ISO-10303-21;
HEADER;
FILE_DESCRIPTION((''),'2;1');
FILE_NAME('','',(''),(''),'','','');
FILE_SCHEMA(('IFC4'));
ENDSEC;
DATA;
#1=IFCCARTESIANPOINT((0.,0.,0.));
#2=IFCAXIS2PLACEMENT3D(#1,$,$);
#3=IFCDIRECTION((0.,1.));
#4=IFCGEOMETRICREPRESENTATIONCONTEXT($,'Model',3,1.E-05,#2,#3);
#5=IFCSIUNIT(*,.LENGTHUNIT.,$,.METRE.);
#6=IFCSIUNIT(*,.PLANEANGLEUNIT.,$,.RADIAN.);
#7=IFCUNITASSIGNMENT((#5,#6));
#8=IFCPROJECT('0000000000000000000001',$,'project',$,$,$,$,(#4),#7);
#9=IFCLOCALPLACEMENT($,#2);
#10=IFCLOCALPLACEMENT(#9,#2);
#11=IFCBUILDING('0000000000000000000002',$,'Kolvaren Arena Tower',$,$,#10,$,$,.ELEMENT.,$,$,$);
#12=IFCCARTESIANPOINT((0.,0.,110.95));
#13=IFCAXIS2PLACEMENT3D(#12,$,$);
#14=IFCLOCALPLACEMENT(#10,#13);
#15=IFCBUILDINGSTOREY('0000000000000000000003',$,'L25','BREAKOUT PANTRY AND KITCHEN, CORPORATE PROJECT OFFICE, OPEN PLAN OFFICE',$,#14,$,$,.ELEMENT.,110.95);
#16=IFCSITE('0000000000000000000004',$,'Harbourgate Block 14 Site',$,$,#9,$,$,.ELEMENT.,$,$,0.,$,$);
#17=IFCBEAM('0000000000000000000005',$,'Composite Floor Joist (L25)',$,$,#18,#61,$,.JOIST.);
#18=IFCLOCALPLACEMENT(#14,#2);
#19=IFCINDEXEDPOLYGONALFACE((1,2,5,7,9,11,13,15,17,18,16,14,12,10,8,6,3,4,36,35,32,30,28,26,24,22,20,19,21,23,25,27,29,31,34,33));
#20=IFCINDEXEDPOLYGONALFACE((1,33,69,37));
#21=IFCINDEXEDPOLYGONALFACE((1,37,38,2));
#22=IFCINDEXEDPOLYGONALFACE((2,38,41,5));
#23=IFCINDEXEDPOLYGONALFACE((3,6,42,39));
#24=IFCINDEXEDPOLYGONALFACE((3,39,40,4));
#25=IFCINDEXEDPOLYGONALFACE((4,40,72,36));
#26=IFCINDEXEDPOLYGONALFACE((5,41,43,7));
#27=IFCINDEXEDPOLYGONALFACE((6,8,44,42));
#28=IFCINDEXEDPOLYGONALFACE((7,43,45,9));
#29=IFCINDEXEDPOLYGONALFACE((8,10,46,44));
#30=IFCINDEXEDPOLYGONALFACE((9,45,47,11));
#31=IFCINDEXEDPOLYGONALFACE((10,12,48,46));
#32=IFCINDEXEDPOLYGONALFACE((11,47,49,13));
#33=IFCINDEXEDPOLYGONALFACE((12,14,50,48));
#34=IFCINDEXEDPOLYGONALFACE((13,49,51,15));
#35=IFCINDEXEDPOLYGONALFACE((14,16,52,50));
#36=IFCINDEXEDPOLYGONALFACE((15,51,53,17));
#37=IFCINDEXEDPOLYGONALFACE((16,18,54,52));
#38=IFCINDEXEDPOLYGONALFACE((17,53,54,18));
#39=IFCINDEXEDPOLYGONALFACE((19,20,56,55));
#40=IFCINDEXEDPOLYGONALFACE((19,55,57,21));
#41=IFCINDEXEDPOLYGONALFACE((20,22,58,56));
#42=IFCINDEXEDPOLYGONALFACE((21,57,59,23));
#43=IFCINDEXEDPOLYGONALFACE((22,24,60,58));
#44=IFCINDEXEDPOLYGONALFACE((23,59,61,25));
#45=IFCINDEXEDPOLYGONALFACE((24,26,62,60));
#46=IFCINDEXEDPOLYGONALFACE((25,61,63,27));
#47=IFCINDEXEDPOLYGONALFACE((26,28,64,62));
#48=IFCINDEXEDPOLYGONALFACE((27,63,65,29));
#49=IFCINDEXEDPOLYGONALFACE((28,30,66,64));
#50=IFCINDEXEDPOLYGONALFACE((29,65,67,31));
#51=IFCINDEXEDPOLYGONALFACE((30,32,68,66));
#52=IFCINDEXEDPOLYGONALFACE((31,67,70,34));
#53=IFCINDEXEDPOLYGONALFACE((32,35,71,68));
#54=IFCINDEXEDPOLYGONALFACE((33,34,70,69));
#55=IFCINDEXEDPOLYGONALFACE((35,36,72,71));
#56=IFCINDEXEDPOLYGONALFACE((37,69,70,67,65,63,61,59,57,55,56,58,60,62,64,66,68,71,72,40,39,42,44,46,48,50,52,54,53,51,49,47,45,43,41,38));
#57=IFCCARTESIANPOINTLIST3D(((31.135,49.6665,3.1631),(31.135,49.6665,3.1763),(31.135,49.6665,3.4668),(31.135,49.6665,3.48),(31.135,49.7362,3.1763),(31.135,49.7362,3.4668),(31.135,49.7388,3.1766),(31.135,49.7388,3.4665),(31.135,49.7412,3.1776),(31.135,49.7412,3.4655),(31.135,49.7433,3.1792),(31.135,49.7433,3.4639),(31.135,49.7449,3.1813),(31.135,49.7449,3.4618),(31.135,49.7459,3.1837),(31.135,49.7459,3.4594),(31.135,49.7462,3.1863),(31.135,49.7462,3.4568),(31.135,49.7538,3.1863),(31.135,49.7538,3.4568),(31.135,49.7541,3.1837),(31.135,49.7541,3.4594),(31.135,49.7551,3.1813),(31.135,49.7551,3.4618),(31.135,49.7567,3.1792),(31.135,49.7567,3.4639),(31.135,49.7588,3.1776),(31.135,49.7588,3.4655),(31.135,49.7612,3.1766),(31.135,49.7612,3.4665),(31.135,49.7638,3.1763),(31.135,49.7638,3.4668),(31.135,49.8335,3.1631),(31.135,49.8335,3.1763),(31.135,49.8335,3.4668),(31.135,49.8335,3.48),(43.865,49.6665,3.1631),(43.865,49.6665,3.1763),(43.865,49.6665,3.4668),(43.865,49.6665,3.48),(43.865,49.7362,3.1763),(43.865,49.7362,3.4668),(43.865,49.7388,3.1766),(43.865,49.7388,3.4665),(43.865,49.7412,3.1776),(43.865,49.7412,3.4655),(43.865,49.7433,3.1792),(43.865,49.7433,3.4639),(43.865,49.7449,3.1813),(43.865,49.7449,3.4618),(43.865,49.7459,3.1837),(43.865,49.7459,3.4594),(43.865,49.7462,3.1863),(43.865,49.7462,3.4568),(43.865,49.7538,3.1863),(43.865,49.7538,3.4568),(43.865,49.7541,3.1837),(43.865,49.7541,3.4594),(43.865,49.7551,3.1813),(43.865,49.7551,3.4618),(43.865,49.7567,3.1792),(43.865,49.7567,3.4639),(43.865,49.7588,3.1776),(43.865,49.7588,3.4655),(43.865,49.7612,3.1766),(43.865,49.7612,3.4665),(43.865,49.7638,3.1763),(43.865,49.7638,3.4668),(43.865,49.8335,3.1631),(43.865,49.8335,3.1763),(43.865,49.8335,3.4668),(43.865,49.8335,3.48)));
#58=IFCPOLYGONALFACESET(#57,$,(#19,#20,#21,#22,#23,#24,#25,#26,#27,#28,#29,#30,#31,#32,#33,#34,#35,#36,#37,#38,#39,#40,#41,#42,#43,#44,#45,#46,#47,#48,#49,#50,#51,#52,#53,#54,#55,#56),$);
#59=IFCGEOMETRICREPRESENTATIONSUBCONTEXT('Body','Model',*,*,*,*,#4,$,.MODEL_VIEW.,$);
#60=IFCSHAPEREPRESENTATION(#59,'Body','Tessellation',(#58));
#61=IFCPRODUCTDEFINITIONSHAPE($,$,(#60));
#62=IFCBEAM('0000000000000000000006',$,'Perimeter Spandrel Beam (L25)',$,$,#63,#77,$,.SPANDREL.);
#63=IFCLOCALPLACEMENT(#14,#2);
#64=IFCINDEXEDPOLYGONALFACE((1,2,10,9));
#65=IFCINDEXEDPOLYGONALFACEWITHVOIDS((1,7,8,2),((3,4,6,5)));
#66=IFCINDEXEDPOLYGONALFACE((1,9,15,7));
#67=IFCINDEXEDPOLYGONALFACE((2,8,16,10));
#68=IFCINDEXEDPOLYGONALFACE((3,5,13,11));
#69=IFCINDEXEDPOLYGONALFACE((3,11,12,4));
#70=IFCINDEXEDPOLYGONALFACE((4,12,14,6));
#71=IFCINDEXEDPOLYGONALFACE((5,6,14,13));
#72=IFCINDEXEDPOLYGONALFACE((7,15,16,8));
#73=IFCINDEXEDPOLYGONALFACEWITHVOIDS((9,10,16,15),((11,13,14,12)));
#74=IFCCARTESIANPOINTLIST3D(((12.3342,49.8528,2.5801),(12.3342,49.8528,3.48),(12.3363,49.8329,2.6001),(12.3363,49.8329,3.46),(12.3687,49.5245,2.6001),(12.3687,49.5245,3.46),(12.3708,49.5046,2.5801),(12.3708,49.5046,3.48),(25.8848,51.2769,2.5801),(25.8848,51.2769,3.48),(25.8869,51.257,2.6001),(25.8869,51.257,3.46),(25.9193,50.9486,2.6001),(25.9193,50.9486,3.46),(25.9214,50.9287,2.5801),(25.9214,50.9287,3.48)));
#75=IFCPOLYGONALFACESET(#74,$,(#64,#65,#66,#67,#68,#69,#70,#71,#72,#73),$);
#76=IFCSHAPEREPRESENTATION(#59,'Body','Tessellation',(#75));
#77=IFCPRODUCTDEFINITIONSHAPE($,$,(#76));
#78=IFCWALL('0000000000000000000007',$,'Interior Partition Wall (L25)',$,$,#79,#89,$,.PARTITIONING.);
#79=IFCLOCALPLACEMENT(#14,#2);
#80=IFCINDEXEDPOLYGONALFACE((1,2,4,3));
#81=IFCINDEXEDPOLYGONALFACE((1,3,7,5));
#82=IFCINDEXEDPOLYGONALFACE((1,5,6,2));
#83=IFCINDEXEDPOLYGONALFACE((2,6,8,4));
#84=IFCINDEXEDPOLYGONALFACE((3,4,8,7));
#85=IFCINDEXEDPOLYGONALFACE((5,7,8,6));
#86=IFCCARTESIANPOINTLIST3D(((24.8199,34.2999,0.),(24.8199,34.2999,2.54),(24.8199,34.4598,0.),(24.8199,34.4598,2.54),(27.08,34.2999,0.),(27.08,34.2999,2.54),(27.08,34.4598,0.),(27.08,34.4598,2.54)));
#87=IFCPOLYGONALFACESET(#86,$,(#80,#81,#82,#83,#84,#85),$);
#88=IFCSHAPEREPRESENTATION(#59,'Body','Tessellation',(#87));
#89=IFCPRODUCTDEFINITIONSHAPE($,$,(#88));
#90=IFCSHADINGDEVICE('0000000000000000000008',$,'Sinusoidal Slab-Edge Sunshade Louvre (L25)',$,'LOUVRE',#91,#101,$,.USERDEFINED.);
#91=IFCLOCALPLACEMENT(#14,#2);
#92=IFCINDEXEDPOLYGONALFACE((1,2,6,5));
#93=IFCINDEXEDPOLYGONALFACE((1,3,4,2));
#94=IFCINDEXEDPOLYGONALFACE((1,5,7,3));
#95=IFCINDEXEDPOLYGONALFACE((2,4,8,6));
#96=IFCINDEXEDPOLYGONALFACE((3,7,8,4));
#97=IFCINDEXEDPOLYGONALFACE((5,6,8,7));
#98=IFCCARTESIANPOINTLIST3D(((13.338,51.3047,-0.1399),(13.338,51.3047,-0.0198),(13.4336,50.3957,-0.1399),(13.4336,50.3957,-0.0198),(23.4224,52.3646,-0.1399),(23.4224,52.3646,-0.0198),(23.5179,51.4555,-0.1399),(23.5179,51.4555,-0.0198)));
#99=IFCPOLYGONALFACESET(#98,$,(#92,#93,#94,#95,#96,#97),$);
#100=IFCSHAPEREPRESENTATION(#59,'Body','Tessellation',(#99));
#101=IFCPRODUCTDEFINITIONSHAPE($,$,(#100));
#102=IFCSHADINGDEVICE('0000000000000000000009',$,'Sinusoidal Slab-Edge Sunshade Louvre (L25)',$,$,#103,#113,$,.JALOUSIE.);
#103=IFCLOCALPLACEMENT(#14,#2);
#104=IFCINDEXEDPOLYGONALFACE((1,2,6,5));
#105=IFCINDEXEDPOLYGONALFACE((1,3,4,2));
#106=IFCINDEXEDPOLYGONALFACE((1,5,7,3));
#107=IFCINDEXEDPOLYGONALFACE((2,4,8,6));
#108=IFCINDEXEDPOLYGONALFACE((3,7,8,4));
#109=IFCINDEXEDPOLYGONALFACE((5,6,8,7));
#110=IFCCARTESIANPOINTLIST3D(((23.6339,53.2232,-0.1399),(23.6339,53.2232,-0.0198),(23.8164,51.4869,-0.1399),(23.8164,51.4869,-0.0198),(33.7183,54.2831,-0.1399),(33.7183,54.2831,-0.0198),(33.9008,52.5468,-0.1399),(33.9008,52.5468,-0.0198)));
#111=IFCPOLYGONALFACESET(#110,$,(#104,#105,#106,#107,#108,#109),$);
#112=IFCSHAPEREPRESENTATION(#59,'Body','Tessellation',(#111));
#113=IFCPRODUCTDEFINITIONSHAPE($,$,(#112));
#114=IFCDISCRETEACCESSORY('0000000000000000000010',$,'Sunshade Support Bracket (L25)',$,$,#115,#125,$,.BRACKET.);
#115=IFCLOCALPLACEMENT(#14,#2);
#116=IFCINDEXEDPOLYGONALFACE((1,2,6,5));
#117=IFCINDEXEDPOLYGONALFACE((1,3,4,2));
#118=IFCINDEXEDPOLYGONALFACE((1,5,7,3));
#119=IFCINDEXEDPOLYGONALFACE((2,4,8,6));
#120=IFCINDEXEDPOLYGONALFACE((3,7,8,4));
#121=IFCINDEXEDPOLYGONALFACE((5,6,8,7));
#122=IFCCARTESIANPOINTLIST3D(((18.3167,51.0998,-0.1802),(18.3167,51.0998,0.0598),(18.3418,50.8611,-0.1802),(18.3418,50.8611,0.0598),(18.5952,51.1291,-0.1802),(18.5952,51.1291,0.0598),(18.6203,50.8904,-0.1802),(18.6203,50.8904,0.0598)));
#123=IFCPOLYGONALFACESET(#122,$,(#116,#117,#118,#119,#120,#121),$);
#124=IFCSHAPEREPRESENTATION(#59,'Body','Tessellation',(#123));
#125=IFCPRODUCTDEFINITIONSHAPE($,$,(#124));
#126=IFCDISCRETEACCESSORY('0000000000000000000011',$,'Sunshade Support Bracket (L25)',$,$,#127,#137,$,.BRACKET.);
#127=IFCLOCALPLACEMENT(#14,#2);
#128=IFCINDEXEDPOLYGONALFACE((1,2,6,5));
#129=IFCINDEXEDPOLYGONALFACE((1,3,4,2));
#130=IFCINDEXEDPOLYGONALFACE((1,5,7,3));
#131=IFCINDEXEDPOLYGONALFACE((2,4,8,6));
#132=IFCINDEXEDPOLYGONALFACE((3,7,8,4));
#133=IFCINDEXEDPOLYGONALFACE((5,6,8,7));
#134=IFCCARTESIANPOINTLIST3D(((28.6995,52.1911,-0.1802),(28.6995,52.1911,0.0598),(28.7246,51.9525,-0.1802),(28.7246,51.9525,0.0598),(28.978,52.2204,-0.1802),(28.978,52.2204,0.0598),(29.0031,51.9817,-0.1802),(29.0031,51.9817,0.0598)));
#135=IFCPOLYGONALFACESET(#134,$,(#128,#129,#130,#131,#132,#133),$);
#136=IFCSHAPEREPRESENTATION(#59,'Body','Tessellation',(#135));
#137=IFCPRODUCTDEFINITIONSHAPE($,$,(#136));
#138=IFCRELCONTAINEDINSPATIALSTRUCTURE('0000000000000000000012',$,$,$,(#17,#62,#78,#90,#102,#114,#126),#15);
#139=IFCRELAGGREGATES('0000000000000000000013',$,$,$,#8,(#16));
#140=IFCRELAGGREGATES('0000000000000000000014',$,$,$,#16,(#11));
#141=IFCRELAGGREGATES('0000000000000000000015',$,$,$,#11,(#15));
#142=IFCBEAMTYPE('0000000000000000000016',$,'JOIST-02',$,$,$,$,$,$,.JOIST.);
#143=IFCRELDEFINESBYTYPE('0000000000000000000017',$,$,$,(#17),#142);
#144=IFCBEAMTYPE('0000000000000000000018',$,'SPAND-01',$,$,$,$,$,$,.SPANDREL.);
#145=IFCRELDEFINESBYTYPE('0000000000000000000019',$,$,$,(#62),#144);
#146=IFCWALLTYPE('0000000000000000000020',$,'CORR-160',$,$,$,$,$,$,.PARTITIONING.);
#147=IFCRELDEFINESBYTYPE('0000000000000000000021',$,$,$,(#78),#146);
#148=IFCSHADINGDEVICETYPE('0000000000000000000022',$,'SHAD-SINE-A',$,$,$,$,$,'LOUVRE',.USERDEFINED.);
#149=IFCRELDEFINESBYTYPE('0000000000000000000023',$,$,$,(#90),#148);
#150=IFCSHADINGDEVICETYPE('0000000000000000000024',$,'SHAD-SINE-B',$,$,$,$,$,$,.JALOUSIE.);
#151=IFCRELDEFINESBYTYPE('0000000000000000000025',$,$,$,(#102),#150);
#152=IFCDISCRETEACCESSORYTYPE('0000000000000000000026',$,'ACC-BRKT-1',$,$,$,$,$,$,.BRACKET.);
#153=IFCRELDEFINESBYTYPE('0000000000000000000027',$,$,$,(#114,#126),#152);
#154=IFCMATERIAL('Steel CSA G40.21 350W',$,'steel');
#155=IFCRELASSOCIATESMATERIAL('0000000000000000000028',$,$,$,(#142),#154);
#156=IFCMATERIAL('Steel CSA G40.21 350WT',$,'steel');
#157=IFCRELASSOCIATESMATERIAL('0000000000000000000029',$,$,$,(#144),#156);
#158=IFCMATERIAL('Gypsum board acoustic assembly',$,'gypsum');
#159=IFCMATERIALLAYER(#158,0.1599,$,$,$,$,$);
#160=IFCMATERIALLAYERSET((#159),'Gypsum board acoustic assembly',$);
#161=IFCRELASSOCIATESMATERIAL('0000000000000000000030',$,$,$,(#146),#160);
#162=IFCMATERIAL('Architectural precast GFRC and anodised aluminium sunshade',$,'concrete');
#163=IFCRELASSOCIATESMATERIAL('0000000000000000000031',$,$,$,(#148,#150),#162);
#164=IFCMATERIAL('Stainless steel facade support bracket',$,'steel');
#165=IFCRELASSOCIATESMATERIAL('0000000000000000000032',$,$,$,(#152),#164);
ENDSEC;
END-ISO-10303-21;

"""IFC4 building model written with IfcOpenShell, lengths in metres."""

from ifc_helpers import new_model, si_unit, direction, frame, frame_2d, origin, origin_2d, place, context, subcontext, project, spatial, rectangle, hollow_rectangle, i_section, extrude, material, layer, layer_set, material_profile, profile_set, type_object, element, save


model = new_model("IFC4")

# Units and contexts
model_context = context("Model", 3, precision=1e-05, world=origin(), true_north=direction((0.0, 1.0)))
body_context = subcontext(model_context, "Body", "Model", "MODEL_VIEW")
ifc_project = project(units=[si_unit("LENGTHUNIT", "METRE"), si_unit("PLANEANGLEUNIT", "RADIAN")], contexts=[model_context])

# Site, building, storey
site_placement = place(None, origin())
site = spatial("IfcSite", under=ifc_project, at=site_placement, Name="Harbourgate Block 14 Site", CompositionType="ELEMENT", RefElevation=0.0)
building_placement = place(site_placement, origin())
building = spatial("IfcBuilding", under=site, at=building_placement, Name="Kolvaren Arena Tower", CompositionType="ELEMENT")
storey_placement = place(building_placement, frame((0.0, 0.0, 110.95)))
storey = spatial("IfcBuildingStorey", under=building, at=storey_placement, Name="L25", Description="BREAKOUT PANTRY AND KITCHEN, CORPORATE PROJECT OFFICE, OPEN PLAN OFFICE", CompositionType="ELEMENT", Elevation=110.95)

# Beams
ifc_material_1 = material(Name="Steel CSA G40.21 350W", Category="steel")
ifc_material_profile_1 = material_profile(ifc_material_1, i_section(OverallWidth=0.167, OverallDepth=0.3169, WebThickness=0.0076, FlangeThickness=0.0132, FilletRadius=0.01, at=origin_2d()), Name="W310x52")
ifc_profile_set_1 = profile_set([ifc_material_profile_1], Name="Steel CSA G40.21 350W")
beam_type_1 = type_object("IfcBeamType", Name="JOIST-02", PredefinedType="JOIST", material=ifc_profile_set_1)
for number, where, z_axis, x_axis, name in (
    (1, (31.135, 49.75, 3.3215), (1.0, 0.0, 0.0), (0.0, 1.0, 0.0), "Composite Floor Joist (L25)"),
):
    element("IfcBeam", number, at=place(storey_placement, frame(where, z_axis=z_axis, x_axis=x_axis)), inside=storey, type_object=beam_type_1, Name=name, PredefinedType="JOIST", context=body_context, shape_type="SweptSolid", body=[
        extrude(i_section(OverallWidth=0.167, OverallDepth=0.3169, WebThickness=0.0076, FlangeThickness=0.0132, FilletRadius=0.01, at=origin_2d()), origin(), (0.0, 0.0, 1.0), 12.73),
    ])
ifc_material_2 = material(Name="Steel CSA G40.21 350WT", Category="steel")
ifc_material_profile_2 = material_profile(ifc_material_2, hollow_rectangle(XDim=0.3501, YDim=0.8999, WallThickness=0.02, at=origin_2d()), Name="HSS 900x350x20")
ifc_profile_set_2 = profile_set([ifc_material_profile_2], Name="Steel CSA G40.21 350WT")
beam_type_2 = type_object("IfcBeamType", Name="SPAND-01", PredefinedType="SPANDREL", material=ifc_profile_set_2)
beam_1_placement = place(storey_placement, frame((25.9031, 51.1028, 3.03), z_axis=(-0.994523, -0.104518, 0.0), x_axis=(0.104518, -0.994523, 0.0)))
element("IfcBeam", 2, at=beam_1_placement, inside=storey, type_object=beam_type_2, Name="Perimeter Spandrel Beam (L25)", PredefinedType="SPANDREL", context=body_context, shape_type="SweptSolid", body=[
    extrude(hollow_rectangle(XDim=0.3501, YDim=0.8999, WallThickness=0.02, at=origin_2d()), origin(), (0.0, 0.0, 1.0), 13.6252),
])

# Wall
ifc_material_3 = material(Name="Gypsum board acoustic assembly", Category="gypsum")
ifc_layer = layer(ifc_material_3, 0.1599)
ifc_layer_set = layer_set([ifc_layer], Name="Gypsum board acoustic assembly")
wall_type = type_object("IfcWallType", Name="CORR-160", PredefinedType="PARTITIONING", material=ifc_layer_set)
wall_placement = place(storey_placement, frame((24.8201, 34.3799, 0.0), z_axis=(0.0, 0.0, 1.0), x_axis=(1.0, 0.0, 0.0)))
element("IfcWall", 3, at=wall_placement, inside=storey, type_object=wall_type, Name="Interior Partition Wall (L25)", PredefinedType="PARTITIONING", context=body_context, shape_type="SweptSolid", body=[
    extrude(rectangle(XDim=2.26, YDim=0.1599, at=frame_2d((1.1299, 0.0))), origin(), (0.0, 0.0, 1.0), 2.54),
])

# Shading devices
ifc_material_4 = material(Name="Architectural precast GFRC and anodised aluminium sunshade", Category="concrete")
shading_device_type_1 = type_object("IfcShadingDeviceType", Name="SHAD-SINE-A", ElementType="LOUVRE", PredefinedType="USERDEFINED", material=ifc_material_4)
shading_device_1_placement = place(storey_placement, frame((18.428, 51.3801, -0.1399), z_axis=(0.0, 0.0, 1.0), x_axis=(0.994522, 0.104527, 0.0)))
element("IfcShadingDevice", 4, at=shading_device_1_placement, inside=storey, type_object=shading_device_type_1, Name="Sinusoidal Slab-Edge Sunshade Louvre (L25)", ObjectType="LOUVRE", PredefinedType="USERDEFINED", context=body_context, shape_type="SweptSolid", body=[
    extrude(rectangle(XDim=10.1399, YDim=0.9141, at=origin_2d()), origin(), (0.0, 0.0, 1.0), 0.1201),
])
shading_device_type_2 = type_object("IfcShadingDeviceType", Name="SHAD-SINE-B", PredefinedType="JALOUSIE", material=ifc_material_4)
shading_device_2_placement = place(storey_placement, frame((28.7673, 52.885, -0.1399), z_axis=(0.0, 0.0, 1.0), x_axis=(0.994522, 0.104527, 0.0)))
element("IfcShadingDevice", 5, at=shading_device_2_placement, inside=storey, type_object=shading_device_type_2, Name="Sinusoidal Slab-Edge Sunshade Louvre (L25)", PredefinedType="JALOUSIE", context=body_context, shape_type="SweptSolid", body=[
    extrude(rectangle(XDim=10.1399, YDim=1.7458, at=origin_2d()), origin(), (0.0, 0.0, 1.0), 0.1201),
])

# Discrete accessories
ifc_material_5 = material(Name="Stainless steel facade support bracket", Category="steel")
discrete_accessory_type = type_object("IfcDiscreteAccessoryType", Name="ACC-BRKT-1", PredefinedType="BRACKET", material=ifc_material_5)
for number, where, z_axis, x_axis, name in (
    (6, (18.4685, 50.9951, -0.1802), (0.0, 0.0, 1.0), (0.994522, 0.104527, 0.0), "Sunshade Support Bracket (L25)"),
    (7, (28.8513, 52.0864, -0.1802), (0.0, 0.0, 1.0), (0.994522, 0.104527, 0.0), "Sunshade Support Bracket (L25)"),
):
    element("IfcDiscreteAccessory", number, at=place(storey_placement, frame(where, z_axis=z_axis, x_axis=x_axis)), inside=storey, type_object=discrete_accessory_type, Name=name, PredefinedType="BRACKET", context=body_context, shape_type="SweptSolid", body=[
        extrude(rectangle(XDim=0.28, YDim=0.24, at=origin_2d()), origin(), (0.0, 0.0, 1.0), 0.24),
    ])

save(model, "model.ifc")
